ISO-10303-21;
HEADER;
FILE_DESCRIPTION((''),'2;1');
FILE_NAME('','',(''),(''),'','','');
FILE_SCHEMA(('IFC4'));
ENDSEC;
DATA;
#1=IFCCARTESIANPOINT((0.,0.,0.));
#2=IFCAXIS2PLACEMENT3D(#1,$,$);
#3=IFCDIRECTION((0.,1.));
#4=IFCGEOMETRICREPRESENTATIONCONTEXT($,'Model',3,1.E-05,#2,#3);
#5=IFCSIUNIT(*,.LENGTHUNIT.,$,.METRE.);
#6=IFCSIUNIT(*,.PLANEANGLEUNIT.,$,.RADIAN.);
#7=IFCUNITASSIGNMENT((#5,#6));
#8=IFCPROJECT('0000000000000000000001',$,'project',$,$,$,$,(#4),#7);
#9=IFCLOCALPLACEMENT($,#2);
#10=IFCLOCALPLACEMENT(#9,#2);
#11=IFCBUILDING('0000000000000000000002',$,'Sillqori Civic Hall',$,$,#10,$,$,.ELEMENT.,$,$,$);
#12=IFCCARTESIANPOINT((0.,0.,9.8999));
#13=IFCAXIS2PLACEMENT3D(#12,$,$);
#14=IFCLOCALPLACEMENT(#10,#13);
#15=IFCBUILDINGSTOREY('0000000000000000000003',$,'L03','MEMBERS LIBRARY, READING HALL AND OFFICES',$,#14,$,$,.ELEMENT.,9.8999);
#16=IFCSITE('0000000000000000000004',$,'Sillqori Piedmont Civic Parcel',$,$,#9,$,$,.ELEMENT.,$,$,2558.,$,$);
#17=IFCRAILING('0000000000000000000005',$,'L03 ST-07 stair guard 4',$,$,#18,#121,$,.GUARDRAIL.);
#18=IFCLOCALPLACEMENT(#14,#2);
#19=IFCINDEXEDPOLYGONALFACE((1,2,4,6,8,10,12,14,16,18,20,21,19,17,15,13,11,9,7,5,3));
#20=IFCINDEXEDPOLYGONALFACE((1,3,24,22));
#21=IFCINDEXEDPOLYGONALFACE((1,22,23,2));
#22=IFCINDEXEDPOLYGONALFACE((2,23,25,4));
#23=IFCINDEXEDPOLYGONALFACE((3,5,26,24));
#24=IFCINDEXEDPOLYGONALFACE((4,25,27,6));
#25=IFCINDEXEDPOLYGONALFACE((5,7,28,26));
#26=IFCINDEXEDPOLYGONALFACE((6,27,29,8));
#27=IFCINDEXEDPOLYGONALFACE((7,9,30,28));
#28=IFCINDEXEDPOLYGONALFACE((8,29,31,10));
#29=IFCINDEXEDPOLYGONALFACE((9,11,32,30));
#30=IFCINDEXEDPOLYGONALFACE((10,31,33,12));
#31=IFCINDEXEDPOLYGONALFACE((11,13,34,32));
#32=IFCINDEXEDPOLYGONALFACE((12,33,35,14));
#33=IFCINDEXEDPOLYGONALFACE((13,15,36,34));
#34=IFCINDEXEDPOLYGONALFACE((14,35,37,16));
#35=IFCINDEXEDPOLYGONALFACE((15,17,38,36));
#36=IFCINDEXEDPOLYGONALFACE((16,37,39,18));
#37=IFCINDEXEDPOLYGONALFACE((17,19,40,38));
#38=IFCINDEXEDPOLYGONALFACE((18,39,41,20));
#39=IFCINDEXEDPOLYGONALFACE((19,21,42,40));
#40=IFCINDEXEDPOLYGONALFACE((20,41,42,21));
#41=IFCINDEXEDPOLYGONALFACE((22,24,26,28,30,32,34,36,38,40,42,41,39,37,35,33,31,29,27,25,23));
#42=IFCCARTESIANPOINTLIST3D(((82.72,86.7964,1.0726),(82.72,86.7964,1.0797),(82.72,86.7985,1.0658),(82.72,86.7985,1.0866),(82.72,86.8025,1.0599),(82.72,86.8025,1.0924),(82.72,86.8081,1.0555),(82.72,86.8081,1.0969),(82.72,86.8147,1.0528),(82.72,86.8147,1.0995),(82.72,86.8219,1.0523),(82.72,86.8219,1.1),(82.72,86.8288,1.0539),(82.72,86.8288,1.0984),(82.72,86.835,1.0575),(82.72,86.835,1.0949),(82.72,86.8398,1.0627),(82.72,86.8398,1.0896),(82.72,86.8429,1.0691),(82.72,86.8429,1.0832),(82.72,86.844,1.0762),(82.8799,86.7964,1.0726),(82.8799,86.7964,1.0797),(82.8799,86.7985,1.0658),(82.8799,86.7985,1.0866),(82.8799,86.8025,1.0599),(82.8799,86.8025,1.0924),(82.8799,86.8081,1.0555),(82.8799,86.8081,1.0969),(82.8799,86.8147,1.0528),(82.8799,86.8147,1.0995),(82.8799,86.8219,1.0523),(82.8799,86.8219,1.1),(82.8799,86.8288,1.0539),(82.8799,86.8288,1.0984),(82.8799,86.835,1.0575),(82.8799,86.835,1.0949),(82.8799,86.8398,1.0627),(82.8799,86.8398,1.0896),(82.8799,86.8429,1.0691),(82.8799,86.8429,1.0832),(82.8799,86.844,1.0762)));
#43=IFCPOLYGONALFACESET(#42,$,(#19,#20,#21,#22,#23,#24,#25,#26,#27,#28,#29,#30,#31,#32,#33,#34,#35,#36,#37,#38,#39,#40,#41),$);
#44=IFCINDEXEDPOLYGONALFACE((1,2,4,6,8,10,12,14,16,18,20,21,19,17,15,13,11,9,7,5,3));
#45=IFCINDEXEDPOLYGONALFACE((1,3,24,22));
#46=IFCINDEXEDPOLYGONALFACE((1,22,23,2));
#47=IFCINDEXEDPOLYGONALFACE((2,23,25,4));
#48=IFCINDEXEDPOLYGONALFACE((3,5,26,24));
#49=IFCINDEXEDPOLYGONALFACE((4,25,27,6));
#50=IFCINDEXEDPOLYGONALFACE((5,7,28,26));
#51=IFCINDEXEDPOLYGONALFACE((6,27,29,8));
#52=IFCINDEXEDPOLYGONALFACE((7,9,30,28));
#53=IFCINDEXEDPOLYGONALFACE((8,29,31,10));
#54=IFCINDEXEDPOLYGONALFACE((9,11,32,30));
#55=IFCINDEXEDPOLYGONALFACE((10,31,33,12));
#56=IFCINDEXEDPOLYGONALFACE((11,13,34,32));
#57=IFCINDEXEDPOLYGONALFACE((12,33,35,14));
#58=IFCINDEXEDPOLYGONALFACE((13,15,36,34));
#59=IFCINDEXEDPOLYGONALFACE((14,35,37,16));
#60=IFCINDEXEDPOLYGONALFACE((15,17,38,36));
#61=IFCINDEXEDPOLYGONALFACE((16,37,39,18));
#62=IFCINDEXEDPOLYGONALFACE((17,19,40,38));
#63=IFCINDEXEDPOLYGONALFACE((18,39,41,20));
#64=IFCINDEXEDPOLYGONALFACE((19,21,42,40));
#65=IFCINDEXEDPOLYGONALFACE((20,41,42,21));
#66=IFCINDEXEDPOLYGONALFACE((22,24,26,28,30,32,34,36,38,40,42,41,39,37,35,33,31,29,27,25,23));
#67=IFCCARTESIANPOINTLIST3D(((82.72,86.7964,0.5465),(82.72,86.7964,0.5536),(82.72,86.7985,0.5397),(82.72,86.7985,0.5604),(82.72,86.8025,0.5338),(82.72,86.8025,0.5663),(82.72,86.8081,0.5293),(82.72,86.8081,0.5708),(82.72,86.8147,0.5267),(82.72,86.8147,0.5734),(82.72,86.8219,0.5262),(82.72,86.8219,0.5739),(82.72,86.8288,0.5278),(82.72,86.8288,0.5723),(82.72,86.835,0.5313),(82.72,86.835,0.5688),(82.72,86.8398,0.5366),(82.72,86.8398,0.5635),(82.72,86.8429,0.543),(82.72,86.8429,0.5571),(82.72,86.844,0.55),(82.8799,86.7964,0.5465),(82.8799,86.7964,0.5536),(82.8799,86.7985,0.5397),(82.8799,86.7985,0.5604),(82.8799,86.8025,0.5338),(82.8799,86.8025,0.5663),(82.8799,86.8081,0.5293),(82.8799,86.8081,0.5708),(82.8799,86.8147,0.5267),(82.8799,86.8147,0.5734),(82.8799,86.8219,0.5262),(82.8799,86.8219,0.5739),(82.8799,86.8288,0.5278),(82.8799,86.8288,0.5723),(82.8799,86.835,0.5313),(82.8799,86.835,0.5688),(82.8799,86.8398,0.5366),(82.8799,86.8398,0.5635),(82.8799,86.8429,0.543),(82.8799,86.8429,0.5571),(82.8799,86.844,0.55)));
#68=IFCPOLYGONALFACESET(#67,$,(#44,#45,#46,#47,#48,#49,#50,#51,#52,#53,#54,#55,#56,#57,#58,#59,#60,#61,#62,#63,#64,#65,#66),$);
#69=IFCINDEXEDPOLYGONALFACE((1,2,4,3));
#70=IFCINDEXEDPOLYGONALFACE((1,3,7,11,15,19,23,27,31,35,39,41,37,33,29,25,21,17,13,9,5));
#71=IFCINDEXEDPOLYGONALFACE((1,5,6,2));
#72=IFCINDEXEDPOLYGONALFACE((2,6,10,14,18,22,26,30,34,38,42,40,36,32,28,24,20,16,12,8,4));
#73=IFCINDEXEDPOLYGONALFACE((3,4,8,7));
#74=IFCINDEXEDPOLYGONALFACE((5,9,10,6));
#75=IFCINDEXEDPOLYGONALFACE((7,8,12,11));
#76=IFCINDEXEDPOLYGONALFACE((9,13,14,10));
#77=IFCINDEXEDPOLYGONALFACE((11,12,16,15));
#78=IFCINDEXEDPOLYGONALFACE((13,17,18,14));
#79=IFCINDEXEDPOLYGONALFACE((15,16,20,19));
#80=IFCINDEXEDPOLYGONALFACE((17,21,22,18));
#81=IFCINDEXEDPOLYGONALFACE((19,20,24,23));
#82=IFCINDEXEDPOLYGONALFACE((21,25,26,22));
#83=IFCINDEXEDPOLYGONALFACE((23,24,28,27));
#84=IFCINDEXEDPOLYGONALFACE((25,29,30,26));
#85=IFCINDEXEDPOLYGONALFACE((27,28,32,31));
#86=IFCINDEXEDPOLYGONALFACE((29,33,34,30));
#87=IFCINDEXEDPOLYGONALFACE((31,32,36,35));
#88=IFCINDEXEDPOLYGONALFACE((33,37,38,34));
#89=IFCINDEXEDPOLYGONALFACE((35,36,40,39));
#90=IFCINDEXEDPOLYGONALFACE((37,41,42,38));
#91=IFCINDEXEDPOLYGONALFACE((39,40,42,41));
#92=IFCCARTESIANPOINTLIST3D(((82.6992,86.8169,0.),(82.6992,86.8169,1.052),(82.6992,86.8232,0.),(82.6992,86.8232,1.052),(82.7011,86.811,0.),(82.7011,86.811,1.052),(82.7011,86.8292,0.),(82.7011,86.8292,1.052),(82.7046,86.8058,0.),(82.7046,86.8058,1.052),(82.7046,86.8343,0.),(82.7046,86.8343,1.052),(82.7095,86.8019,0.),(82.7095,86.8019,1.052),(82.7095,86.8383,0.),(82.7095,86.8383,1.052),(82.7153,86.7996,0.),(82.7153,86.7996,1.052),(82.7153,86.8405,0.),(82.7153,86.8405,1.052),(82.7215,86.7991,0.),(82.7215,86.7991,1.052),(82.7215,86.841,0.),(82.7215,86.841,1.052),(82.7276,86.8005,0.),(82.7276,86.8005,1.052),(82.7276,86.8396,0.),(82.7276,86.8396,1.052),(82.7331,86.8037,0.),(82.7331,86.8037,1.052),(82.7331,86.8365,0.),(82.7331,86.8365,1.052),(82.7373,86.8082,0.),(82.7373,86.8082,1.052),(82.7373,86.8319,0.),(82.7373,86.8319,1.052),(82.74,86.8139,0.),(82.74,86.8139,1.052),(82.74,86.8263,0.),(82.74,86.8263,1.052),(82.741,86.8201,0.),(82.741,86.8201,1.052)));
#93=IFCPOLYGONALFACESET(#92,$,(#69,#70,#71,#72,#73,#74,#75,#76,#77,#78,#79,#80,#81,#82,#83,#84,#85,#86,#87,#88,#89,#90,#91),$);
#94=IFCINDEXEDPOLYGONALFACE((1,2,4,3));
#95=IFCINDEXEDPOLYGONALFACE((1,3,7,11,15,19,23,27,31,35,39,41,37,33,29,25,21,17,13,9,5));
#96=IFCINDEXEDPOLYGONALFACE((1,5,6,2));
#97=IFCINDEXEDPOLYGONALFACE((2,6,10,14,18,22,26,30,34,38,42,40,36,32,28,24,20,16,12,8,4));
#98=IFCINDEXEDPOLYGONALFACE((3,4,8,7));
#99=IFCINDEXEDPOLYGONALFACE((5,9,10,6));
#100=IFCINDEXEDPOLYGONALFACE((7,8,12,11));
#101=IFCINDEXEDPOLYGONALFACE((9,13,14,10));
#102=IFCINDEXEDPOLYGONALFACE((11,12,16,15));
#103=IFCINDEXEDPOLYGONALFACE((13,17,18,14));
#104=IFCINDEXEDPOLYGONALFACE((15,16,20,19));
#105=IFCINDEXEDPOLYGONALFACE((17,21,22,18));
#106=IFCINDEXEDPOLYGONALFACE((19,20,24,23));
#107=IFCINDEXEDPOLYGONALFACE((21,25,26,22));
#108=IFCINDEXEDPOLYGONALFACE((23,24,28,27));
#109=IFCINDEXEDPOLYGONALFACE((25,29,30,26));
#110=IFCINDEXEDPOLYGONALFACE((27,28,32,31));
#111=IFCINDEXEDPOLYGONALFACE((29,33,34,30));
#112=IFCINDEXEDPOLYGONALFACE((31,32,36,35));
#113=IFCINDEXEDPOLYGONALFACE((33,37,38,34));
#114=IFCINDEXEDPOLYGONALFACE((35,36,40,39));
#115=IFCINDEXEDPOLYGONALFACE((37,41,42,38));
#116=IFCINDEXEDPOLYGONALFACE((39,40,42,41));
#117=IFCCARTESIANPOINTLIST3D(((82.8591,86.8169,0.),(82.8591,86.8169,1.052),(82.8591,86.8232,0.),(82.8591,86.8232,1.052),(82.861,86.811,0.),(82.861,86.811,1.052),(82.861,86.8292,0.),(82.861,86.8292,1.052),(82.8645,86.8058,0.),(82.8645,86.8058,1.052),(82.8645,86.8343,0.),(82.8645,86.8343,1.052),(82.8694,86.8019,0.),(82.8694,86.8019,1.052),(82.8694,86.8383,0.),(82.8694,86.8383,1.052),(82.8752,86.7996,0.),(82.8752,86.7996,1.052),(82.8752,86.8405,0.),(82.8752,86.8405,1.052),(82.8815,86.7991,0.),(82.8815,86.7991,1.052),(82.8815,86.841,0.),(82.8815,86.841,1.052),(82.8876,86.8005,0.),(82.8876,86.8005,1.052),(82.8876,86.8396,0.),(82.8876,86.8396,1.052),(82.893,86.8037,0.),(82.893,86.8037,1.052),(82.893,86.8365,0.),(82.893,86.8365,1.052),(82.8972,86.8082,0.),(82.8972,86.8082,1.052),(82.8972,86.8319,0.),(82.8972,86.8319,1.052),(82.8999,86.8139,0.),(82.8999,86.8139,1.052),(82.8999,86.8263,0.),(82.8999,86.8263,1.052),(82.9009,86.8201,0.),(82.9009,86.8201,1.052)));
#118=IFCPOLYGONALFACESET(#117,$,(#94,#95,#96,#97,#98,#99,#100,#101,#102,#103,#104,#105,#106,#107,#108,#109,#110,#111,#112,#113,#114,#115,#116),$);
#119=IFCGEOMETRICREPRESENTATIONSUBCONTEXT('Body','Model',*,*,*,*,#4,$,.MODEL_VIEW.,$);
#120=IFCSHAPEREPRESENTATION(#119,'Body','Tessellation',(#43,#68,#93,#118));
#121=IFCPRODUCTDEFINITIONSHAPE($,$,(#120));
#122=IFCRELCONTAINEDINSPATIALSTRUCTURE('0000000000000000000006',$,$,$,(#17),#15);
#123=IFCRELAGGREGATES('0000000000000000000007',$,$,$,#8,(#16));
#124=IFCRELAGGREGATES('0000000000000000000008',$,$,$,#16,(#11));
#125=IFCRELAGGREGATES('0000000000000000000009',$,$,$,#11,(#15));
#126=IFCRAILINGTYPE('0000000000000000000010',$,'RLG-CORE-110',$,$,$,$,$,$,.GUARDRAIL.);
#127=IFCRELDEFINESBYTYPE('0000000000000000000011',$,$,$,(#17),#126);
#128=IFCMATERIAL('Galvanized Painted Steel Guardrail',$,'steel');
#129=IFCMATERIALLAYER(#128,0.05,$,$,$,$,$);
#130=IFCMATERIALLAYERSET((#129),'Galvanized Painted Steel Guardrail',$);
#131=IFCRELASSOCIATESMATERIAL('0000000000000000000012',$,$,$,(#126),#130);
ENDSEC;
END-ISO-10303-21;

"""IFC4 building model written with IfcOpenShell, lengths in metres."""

from ifc_helpers import new_model, si_unit, direction, frame, origin, origin_2d, place, context, subcontext, project, spatial, circle, extrude, material, layer, layer_set, type_object, element, save


model = new_model("IFC4")

# Units and contexts
model_context = context("Model", 3, precision=1e-05, world=origin(), true_north=direction((0.0, 1.0)))
body_context = subcontext(model_context, "Body", "Model", "MODEL_VIEW")
ifc_project = project(units=[si_unit("LENGTHUNIT", "METRE"), si_unit("PLANEANGLEUNIT", "RADIAN")], contexts=[model_context])

# Site, building, storey
site_placement = place(None, origin())
site = spatial("IfcSite", under=ifc_project, at=site_placement, Name="Sillqori Piedmont Civic Parcel", CompositionType="ELEMENT", RefElevation=2558.0)
building_placement = place(site_placement, origin())
building = spatial("IfcBuilding", under=site, at=building_placement, Name="Sillqori Civic Hall", CompositionType="ELEMENT")
storey_placement = place(building_placement, frame((0.0, 0.0, 9.8999)))
storey = spatial("IfcBuildingStorey", under=building, at=storey_placement, Name="L03", Description="MEMBERS LIBRARY, READING HALL AND OFFICES", CompositionType="ELEMENT", Elevation=9.8999)

# Railing
ifc_material_1 = material(Name="Galvanized Painted Steel Guardrail", Category="steel")
ifc_layer_1 = layer(ifc_material_1, 0.05)
ifc_layer_set_1 = layer_set([ifc_layer_1], Name="Galvanized Painted Steel Guardrail")
railing_type_1 = type_object("IfcRailingType", Name="RLG-CORE-110", PredefinedType="GUARDRAIL", material=ifc_layer_set_1)
railing_1_placement = place(storey_placement, frame((82.72, 86.8201, 0.0)))
element("IfcRailing", 1, at=railing_1_placement, inside=storey, type_object=railing_type_1, Name="L03 ST-07 stair guard 4", PredefinedType="GUARDRAIL", context=body_context, shape_type="SweptSolid", body=[
    extrude(circle(Radius=0.0239, at=origin_2d()), frame((0.0, 0.0, 1.0762), z_axis=(1.0, 0.0, 0.0), x_axis=(0.0, 1.0, 0.0)), (0.0, 0.0, 1.0), 0.1599),
    extrude(circle(Radius=0.0239, at=origin_2d()), frame((0.0, 0.0, 0.55), z_axis=(1.0, 0.0, 0.0), x_axis=(0.0, 1.0, 0.0)), (0.0, 0.0, 1.0), 0.1599),
    extrude(circle(Radius=0.021, at=origin_2d()), origin(), (0.0, 0.0, 1.0), 1.052),
    extrude(circle(Radius=0.021, at=origin_2d()), frame((0.1599, 0.0, 0.0)), (0.0, 0.0, 1.0), 1.052),
])

save(model, "model.ifc")
